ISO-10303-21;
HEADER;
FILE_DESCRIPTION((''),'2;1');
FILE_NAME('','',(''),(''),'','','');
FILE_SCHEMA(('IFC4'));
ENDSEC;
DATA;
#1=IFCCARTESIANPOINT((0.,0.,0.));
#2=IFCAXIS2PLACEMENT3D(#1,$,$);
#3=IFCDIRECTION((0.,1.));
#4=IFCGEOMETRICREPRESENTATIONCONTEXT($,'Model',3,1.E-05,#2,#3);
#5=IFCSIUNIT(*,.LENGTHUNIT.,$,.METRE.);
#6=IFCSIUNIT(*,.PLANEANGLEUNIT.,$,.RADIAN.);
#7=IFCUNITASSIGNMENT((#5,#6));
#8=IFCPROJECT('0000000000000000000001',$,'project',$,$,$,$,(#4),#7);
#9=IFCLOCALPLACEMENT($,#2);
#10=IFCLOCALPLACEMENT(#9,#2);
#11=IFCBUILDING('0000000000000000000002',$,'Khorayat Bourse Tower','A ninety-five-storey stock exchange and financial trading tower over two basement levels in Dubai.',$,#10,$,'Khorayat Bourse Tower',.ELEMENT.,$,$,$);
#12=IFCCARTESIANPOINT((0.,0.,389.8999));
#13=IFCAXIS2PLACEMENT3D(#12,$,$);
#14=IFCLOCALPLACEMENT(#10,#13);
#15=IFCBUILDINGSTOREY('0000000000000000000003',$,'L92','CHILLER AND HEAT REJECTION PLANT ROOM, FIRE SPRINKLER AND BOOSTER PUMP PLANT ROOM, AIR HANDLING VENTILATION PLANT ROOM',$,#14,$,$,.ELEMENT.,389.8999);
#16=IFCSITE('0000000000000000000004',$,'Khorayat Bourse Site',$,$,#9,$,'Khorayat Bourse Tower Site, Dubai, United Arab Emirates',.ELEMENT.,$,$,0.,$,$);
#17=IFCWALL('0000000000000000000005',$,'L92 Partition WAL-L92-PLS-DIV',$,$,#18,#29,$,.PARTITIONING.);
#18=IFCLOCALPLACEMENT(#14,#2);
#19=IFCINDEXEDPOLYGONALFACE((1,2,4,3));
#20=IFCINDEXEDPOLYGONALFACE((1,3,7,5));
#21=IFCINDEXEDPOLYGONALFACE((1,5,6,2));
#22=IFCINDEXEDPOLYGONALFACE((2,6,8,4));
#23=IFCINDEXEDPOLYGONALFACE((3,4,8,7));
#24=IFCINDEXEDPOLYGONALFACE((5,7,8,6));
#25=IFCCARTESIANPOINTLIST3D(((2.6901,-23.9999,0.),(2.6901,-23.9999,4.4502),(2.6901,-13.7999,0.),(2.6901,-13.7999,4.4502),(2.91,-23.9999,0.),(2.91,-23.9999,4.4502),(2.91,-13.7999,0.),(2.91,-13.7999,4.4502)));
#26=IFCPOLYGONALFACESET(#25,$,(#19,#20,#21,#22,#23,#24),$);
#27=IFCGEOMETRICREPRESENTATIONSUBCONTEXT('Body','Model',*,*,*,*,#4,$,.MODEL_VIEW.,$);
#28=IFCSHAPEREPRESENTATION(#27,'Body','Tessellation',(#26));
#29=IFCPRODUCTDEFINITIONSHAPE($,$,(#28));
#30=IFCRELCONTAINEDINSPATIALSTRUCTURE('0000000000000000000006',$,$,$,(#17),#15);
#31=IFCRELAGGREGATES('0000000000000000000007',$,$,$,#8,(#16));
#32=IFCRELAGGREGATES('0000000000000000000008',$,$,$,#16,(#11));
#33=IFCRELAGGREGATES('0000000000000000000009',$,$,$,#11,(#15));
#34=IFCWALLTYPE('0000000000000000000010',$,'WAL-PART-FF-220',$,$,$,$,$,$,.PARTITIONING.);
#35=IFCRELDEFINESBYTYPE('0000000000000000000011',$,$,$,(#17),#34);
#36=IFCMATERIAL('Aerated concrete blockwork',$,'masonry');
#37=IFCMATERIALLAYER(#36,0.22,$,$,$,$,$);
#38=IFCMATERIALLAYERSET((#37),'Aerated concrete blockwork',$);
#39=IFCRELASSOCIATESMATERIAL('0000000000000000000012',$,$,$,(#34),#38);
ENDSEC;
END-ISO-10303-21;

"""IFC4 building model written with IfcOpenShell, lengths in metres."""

from ifc_helpers import new_model, si_unit, direction, frame, frame_2d, origin, place, context, subcontext, project, spatial, rectangle, extrude, source, transform, mapped, material, layer, layer_set, type_object, element, save


model = new_model("IFC4")

# Units and contexts
model_context = context("Model", 3, precision=1e-05, world=origin(), true_north=direction((0.0, 1.0)))
body_context = subcontext(model_context, "Body", "Model", "MODEL_VIEW")
ifc_project = project(units=[si_unit("LENGTHUNIT", "METRE"), si_unit("PLANEANGLEUNIT", "RADIAN")], contexts=[model_context])

# Site, building, storey
site_placement = place(None, origin())
site = spatial("IfcSite", under=ifc_project, at=site_placement, Name="Khorayat Bourse Site", LongName="Khorayat Bourse Tower Site, Dubai, United Arab Emirates", CompositionType="ELEMENT", RefElevation=0.0)
building_placement = place(site_placement, origin())
building = spatial("IfcBuilding", under=site, at=building_placement, Name="Khorayat Bourse Tower", Description="A ninety-five-storey stock exchange and financial trading tower over two basement levels in Dubai.", LongName="Khorayat Bourse Tower", CompositionType="ELEMENT")
storey_placement = place(building_placement, frame((0.0, 0.0, 389.8999)))
storey = spatial("IfcBuildingStorey", under=building, at=storey_placement, Name="L92", Description="CHILLER AND HEAT REJECTION PLANT ROOM, FIRE SPRINKLER AND BOOSTER PUMP PLANT ROOM, AIR HANDLING VENTILATION PLANT ROOM", CompositionType="ELEMENT", Elevation=389.8999)

# Wall
ifc_material_1 = material(Name="Aerated concrete blockwork", Category="masonry")
ifc_layer_1 = layer(ifc_material_1, 0.22)
ifc_layer_set_1 = layer_set([ifc_layer_1], Name="Aerated concrete blockwork")
wall_type_1 = type_object("IfcWallType", Name="WAL-PART-FF-220", PredefinedType="PARTITIONING", material=ifc_layer_set_1)
shared_shape_1 = source(origin(), body_context, "Body", "SweptSolid", [
    extrude(rectangle(XDim=10.2, YDim=0.22, at=frame_2d((5.1001, 0.0))), origin(), (0.0, 0.0, 1.0), 4.4502),
])
wall_1_placement = place(storey_placement, frame((2.8, -24.0, 0.0), z_axis=(0.0, 0.0, 1.0), x_axis=(0.0, 1.0, 0.0)))
element("IfcWall", 1, at=wall_1_placement, inside=storey, type_object=wall_type_1, Name="L92 Partition WAL-L92-PLS-DIV", PredefinedType="PARTITIONING", context=body_context, shape_type="MappedRepresentation", body=[
    mapped(shared_shape_1, transform((0.0, 0.0, 0.0), scale=1.0)),
])

save(model, "model.ifc")
